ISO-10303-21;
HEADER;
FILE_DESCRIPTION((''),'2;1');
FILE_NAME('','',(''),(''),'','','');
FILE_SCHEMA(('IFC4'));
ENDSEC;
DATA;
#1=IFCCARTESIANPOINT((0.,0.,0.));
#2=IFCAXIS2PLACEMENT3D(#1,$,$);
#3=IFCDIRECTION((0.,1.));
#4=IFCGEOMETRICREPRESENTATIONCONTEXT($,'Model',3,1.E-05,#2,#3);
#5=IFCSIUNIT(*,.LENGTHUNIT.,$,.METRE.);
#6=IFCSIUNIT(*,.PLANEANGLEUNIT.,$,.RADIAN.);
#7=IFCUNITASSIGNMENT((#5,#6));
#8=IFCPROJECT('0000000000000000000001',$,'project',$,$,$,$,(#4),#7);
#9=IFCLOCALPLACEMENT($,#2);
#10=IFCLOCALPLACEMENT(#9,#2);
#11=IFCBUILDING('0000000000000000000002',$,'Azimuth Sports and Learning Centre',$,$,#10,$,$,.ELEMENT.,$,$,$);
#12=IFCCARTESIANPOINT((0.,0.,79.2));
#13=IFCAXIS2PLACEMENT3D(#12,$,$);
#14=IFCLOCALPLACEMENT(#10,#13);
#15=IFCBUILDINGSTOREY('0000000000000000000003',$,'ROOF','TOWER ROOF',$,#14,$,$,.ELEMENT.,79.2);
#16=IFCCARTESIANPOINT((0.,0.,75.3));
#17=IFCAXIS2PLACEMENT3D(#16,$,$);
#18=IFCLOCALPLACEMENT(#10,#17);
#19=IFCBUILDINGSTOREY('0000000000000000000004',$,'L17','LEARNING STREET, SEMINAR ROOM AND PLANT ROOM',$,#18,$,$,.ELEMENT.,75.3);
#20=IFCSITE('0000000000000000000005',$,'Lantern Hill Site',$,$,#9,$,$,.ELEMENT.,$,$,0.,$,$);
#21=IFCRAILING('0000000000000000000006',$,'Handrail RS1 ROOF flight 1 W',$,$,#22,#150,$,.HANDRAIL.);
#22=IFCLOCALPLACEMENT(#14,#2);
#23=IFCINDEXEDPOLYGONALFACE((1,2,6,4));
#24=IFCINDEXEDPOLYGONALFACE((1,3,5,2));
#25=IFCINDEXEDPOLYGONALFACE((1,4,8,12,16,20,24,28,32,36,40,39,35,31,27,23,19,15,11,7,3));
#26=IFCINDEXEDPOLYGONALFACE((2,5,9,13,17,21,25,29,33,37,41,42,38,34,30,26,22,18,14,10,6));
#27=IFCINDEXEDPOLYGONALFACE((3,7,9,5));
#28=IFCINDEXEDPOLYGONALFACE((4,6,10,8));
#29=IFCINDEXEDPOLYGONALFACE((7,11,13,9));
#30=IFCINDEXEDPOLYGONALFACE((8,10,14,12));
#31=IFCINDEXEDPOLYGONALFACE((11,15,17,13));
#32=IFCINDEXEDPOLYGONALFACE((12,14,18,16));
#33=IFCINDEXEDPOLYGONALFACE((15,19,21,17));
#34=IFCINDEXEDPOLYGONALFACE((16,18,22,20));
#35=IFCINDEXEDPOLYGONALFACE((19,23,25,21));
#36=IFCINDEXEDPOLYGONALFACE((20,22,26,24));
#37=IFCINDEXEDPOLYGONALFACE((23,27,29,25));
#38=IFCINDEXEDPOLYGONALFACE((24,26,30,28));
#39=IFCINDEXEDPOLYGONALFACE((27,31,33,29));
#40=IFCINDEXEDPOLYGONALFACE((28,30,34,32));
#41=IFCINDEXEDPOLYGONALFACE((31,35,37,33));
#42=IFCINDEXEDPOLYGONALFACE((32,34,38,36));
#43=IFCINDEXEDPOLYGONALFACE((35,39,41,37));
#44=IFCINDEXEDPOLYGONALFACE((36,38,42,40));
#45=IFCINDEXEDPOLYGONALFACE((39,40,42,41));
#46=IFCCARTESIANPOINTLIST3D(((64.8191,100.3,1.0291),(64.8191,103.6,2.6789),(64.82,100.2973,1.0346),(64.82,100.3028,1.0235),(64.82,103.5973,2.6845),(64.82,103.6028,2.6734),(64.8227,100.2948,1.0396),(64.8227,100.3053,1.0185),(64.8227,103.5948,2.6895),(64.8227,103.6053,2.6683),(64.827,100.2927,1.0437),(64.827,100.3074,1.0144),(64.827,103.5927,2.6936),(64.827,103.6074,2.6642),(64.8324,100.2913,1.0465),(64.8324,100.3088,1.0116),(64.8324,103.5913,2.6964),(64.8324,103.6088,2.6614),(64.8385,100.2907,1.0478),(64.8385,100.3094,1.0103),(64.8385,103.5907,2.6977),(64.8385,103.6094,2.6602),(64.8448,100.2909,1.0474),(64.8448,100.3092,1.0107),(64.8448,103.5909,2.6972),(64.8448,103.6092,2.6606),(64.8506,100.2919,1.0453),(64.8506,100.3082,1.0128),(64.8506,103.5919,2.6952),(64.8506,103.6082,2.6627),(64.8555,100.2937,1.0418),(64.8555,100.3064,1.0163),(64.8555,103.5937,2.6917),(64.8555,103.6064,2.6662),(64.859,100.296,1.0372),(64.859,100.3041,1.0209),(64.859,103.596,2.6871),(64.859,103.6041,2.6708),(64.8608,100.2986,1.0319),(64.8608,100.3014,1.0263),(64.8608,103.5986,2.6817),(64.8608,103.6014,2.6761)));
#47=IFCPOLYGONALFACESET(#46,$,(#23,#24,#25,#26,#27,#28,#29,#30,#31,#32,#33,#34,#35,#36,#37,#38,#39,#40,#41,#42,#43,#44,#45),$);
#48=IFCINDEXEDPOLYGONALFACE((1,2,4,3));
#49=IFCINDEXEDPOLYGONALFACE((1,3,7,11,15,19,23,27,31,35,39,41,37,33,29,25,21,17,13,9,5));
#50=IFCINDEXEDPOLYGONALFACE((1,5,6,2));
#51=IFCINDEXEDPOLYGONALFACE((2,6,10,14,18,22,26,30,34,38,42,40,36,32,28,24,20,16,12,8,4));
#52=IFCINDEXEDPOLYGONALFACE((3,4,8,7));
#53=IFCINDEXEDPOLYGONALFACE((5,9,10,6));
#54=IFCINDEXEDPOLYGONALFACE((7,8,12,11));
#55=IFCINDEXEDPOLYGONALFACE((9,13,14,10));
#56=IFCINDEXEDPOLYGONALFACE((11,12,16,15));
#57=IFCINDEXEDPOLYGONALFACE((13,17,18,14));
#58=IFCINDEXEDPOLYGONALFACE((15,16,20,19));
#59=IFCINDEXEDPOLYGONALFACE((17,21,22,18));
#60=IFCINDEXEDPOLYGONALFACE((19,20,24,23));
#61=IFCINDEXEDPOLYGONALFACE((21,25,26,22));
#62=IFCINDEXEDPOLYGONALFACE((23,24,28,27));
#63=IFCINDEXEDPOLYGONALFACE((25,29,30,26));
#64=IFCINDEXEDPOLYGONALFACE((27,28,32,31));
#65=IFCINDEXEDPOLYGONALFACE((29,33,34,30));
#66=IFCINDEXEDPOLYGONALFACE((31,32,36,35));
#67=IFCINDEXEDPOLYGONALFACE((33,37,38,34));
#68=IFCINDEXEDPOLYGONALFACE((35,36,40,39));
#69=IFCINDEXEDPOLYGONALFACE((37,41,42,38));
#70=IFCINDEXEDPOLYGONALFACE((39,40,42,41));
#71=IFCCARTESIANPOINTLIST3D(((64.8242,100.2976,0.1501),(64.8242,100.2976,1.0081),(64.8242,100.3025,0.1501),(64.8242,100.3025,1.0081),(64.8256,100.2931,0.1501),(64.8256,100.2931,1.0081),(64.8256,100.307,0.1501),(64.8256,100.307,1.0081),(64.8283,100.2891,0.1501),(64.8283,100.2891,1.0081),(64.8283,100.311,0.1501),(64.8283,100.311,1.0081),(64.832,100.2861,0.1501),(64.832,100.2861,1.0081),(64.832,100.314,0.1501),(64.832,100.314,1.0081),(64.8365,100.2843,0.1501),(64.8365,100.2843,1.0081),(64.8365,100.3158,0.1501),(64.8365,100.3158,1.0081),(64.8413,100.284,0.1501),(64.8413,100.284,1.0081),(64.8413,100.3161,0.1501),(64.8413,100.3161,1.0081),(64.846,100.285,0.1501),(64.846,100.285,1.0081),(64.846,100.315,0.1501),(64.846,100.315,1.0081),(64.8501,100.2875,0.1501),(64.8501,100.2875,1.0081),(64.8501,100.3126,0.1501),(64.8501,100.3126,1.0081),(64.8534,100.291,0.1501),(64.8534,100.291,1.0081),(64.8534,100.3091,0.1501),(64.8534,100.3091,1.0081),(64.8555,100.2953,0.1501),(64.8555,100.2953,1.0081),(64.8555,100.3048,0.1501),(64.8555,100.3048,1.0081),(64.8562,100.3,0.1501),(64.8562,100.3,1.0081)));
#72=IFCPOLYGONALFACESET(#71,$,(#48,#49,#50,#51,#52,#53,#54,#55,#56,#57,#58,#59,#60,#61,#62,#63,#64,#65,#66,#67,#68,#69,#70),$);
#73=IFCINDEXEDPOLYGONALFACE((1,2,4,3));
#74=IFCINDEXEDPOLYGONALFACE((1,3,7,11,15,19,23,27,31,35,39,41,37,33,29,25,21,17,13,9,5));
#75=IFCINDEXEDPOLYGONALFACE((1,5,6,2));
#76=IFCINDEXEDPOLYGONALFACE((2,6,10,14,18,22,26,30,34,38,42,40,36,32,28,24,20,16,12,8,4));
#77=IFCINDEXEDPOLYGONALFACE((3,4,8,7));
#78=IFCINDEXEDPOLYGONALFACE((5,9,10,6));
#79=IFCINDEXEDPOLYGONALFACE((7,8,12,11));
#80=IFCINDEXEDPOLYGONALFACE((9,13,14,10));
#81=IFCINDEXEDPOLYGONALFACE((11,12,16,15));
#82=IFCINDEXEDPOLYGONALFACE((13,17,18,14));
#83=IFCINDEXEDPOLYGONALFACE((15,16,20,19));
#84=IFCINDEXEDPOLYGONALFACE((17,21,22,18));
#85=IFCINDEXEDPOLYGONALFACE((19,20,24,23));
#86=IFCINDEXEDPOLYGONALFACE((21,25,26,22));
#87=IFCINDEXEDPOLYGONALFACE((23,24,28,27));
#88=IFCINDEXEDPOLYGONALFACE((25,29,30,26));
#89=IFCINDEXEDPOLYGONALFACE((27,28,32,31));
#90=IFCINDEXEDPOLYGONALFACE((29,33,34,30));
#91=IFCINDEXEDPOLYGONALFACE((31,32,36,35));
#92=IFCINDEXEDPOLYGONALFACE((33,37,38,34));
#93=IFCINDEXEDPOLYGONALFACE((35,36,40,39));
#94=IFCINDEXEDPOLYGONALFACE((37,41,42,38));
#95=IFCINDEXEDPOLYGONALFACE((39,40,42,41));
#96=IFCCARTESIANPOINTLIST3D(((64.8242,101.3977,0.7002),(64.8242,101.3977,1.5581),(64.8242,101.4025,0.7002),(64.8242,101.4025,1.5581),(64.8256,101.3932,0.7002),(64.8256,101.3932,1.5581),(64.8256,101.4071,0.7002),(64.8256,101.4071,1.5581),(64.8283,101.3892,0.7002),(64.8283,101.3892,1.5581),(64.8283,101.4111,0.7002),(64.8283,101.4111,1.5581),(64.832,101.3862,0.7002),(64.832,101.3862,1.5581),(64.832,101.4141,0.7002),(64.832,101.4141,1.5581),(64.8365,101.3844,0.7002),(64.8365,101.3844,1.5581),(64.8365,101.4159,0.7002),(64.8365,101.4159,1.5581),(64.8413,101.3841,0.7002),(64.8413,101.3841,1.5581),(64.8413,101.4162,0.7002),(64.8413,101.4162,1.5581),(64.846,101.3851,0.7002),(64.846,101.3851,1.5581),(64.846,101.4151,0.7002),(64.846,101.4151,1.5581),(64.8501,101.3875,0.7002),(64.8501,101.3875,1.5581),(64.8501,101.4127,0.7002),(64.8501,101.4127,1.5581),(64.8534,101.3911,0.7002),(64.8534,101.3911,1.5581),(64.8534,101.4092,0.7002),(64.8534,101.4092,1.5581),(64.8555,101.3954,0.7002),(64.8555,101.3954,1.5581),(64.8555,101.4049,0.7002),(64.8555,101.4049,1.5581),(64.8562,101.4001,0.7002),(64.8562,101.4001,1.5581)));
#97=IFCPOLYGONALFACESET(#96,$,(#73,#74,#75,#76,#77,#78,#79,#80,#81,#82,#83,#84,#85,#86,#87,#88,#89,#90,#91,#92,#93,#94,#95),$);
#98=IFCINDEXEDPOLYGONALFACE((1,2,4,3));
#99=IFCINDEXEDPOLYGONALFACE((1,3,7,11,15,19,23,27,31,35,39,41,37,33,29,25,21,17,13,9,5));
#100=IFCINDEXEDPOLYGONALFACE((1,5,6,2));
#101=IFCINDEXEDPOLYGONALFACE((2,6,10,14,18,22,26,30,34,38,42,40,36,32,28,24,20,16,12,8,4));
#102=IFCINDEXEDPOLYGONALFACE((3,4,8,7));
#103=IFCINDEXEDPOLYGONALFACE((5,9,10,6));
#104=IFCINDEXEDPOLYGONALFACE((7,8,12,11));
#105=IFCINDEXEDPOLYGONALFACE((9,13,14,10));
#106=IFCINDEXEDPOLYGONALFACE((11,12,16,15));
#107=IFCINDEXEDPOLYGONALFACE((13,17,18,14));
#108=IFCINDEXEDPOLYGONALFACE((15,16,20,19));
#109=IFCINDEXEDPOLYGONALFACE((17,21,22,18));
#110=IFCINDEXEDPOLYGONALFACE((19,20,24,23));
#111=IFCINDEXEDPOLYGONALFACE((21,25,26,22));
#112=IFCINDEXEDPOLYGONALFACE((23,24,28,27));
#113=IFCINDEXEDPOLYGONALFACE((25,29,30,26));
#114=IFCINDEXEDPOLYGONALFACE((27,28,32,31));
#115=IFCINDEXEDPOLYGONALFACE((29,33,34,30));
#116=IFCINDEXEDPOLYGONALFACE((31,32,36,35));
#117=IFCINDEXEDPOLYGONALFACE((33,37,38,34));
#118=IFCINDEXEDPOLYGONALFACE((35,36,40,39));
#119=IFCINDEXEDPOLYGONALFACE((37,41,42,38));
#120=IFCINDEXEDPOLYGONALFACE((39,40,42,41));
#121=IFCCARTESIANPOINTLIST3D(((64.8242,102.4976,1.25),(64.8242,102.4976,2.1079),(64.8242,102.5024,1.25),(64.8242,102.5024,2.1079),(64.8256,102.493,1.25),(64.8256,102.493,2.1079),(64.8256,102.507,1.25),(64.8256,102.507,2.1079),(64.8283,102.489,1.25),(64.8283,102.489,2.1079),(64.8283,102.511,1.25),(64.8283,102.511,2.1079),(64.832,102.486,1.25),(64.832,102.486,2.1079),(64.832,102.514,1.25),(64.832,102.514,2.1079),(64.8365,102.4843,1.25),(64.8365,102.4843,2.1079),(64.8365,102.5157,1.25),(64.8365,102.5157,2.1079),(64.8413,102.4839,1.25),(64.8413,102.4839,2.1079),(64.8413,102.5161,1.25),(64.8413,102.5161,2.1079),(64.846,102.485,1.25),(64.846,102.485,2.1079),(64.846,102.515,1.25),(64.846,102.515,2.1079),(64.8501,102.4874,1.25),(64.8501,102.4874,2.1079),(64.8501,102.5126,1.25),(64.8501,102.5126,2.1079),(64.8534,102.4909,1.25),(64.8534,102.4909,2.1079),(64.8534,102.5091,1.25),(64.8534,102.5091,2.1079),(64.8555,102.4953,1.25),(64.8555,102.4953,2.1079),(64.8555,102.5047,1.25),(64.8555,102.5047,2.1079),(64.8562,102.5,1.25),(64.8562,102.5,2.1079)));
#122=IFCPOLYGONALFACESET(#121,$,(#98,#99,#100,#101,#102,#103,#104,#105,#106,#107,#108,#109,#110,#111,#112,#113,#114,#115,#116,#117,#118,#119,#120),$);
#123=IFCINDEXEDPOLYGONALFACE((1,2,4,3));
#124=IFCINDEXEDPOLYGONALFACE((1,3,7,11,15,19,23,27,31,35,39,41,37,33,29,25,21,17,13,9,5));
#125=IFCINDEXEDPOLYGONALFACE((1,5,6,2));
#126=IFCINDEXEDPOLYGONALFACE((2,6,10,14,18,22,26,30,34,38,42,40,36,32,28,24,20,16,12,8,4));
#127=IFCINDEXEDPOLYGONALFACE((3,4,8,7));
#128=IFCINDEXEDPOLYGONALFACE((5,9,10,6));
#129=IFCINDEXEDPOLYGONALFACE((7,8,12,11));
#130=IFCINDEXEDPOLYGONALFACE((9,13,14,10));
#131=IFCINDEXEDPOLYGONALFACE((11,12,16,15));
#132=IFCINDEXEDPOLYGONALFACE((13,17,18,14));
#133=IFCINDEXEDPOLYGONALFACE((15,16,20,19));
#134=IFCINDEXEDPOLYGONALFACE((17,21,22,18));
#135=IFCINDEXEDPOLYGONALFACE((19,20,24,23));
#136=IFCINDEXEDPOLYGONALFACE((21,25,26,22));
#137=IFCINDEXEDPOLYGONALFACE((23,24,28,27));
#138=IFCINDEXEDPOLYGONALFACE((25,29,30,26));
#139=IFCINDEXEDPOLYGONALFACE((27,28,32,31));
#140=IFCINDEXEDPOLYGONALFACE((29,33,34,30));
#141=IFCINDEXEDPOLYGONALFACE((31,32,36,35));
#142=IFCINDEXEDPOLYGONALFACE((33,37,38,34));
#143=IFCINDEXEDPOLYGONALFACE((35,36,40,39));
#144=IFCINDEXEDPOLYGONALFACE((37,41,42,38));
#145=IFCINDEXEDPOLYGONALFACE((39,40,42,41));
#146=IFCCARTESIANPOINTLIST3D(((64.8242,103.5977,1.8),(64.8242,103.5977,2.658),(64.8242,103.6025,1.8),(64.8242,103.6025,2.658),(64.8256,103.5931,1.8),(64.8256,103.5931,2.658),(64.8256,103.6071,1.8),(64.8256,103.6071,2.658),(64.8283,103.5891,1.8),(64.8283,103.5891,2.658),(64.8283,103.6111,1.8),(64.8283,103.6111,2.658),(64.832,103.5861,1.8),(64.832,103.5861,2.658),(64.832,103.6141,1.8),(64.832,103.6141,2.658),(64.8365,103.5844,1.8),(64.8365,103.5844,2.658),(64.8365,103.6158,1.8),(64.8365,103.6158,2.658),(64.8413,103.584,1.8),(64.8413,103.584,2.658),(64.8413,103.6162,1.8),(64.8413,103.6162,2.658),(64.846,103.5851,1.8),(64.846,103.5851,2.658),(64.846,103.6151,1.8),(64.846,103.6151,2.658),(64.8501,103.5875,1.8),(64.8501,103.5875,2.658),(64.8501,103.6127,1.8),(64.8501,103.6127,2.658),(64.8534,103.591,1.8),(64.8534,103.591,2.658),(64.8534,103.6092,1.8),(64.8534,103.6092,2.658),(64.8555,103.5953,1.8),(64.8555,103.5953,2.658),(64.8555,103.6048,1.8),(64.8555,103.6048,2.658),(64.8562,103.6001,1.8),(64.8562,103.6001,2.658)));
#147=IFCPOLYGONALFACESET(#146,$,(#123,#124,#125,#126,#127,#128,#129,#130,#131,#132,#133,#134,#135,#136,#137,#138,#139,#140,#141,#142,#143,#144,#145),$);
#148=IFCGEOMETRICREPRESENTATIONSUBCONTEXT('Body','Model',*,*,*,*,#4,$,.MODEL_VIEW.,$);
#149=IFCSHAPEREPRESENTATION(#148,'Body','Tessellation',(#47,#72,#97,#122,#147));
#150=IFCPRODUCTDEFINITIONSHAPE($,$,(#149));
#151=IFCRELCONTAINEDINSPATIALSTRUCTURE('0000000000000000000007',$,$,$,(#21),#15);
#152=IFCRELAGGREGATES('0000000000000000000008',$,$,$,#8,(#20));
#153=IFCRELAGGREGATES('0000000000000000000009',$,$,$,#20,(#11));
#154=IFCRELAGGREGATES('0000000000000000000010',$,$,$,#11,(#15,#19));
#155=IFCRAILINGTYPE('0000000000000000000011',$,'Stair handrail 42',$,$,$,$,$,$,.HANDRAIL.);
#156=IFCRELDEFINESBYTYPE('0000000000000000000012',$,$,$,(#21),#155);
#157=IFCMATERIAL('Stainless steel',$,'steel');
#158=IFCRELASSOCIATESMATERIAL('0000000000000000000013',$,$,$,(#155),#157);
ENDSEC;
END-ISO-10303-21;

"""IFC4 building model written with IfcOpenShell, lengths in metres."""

from ifc_helpers import new_model, si_unit, direction, frame, origin, origin_2d, place, context, subcontext, project, spatial, circle, extrude, material, type_object, element, save


model = new_model("IFC4")

# Units and contexts
model_context = context("Model", 3, precision=1e-05, world=origin(), true_north=direction((0.0, 1.0)))
body_context = subcontext(model_context, "Body", "Model", "MODEL_VIEW")
ifc_project = project(units=[si_unit("LENGTHUNIT", "METRE"), si_unit("PLANEANGLEUNIT", "RADIAN")], contexts=[model_context])

# Site, building, storey
site_placement = place(None, origin())
site = spatial("IfcSite", under=ifc_project, at=site_placement, Name="Lantern Hill Site", CompositionType="ELEMENT", RefElevation=0.0)
building_placement = place(site_placement, origin())
building = spatial("IfcBuilding", under=site, at=building_placement, Name="Azimuth Sports and Learning Centre", CompositionType="ELEMENT")
storey_1_placement = place(building_placement, frame((0.0, 0.0, 79.2)))
storey_1 = spatial("IfcBuildingStorey", under=building, at=storey_1_placement, Name="ROOF", Description="TOWER ROOF", CompositionType="ELEMENT", Elevation=79.2)

# Shared definitions
storey_2_placement = place(building_placement, frame((0.0, 0.0, 75.3)))
storey_2 = spatial("IfcBuildingStorey", under=building, at=storey_2_placement, Name="L17", Description="LEARNING STREET, SEMINAR ROOM AND PLANT ROOM", CompositionType="ELEMENT", Elevation=75.3)

# Railing
ifc_material_1 = material(Name="Stainless steel", Category="steel")
railing_type_1 = type_object("IfcRailingType", Name="Stair handrail 42", PredefinedType="HANDRAIL", material=ifc_material_1)
for number, where, name in (
    (1, (64.8401, 100.3, 0.1501), "Handrail RS1 ROOF flight 1 W"),
):
    element("IfcRailing", number, at=place(storey_1_placement, frame(where)), inside=storey_1, type_object=railing_type_1, Name=name, PredefinedType="HANDRAIL", context=body_context, shape_type="SweptSolid", body=[
        extrude(circle(Radius=0.021, at=origin_2d()), frame((0.0, 0.0, 0.8789), z_axis=(0.0, 0.89444, 0.447187), x_axis=(-1.0, 0.0, 0.0)), (0.0, 0.0, 1.0), 3.6895),
        extrude(circle(Radius=0.0161, at=origin_2d()), origin(), (0.0, 0.0, 1.0), 0.8579),
        extrude(circle(Radius=0.0161, at=origin_2d()), frame((0.0, 1.1001, 0.55)), (0.0, 0.0, 1.0), 0.8579),
        extrude(circle(Radius=0.0161, at=origin_2d()), frame((0.0, 2.2, 1.0999)), (0.0, 0.0, 1.0), 0.8579),
        extrude(circle(Radius=0.0161, at=origin_2d()), frame((0.0, 3.3, 1.6499)), (0.0, 0.0, 1.0), 0.8579),
    ])

save(model, "model.ifc")
